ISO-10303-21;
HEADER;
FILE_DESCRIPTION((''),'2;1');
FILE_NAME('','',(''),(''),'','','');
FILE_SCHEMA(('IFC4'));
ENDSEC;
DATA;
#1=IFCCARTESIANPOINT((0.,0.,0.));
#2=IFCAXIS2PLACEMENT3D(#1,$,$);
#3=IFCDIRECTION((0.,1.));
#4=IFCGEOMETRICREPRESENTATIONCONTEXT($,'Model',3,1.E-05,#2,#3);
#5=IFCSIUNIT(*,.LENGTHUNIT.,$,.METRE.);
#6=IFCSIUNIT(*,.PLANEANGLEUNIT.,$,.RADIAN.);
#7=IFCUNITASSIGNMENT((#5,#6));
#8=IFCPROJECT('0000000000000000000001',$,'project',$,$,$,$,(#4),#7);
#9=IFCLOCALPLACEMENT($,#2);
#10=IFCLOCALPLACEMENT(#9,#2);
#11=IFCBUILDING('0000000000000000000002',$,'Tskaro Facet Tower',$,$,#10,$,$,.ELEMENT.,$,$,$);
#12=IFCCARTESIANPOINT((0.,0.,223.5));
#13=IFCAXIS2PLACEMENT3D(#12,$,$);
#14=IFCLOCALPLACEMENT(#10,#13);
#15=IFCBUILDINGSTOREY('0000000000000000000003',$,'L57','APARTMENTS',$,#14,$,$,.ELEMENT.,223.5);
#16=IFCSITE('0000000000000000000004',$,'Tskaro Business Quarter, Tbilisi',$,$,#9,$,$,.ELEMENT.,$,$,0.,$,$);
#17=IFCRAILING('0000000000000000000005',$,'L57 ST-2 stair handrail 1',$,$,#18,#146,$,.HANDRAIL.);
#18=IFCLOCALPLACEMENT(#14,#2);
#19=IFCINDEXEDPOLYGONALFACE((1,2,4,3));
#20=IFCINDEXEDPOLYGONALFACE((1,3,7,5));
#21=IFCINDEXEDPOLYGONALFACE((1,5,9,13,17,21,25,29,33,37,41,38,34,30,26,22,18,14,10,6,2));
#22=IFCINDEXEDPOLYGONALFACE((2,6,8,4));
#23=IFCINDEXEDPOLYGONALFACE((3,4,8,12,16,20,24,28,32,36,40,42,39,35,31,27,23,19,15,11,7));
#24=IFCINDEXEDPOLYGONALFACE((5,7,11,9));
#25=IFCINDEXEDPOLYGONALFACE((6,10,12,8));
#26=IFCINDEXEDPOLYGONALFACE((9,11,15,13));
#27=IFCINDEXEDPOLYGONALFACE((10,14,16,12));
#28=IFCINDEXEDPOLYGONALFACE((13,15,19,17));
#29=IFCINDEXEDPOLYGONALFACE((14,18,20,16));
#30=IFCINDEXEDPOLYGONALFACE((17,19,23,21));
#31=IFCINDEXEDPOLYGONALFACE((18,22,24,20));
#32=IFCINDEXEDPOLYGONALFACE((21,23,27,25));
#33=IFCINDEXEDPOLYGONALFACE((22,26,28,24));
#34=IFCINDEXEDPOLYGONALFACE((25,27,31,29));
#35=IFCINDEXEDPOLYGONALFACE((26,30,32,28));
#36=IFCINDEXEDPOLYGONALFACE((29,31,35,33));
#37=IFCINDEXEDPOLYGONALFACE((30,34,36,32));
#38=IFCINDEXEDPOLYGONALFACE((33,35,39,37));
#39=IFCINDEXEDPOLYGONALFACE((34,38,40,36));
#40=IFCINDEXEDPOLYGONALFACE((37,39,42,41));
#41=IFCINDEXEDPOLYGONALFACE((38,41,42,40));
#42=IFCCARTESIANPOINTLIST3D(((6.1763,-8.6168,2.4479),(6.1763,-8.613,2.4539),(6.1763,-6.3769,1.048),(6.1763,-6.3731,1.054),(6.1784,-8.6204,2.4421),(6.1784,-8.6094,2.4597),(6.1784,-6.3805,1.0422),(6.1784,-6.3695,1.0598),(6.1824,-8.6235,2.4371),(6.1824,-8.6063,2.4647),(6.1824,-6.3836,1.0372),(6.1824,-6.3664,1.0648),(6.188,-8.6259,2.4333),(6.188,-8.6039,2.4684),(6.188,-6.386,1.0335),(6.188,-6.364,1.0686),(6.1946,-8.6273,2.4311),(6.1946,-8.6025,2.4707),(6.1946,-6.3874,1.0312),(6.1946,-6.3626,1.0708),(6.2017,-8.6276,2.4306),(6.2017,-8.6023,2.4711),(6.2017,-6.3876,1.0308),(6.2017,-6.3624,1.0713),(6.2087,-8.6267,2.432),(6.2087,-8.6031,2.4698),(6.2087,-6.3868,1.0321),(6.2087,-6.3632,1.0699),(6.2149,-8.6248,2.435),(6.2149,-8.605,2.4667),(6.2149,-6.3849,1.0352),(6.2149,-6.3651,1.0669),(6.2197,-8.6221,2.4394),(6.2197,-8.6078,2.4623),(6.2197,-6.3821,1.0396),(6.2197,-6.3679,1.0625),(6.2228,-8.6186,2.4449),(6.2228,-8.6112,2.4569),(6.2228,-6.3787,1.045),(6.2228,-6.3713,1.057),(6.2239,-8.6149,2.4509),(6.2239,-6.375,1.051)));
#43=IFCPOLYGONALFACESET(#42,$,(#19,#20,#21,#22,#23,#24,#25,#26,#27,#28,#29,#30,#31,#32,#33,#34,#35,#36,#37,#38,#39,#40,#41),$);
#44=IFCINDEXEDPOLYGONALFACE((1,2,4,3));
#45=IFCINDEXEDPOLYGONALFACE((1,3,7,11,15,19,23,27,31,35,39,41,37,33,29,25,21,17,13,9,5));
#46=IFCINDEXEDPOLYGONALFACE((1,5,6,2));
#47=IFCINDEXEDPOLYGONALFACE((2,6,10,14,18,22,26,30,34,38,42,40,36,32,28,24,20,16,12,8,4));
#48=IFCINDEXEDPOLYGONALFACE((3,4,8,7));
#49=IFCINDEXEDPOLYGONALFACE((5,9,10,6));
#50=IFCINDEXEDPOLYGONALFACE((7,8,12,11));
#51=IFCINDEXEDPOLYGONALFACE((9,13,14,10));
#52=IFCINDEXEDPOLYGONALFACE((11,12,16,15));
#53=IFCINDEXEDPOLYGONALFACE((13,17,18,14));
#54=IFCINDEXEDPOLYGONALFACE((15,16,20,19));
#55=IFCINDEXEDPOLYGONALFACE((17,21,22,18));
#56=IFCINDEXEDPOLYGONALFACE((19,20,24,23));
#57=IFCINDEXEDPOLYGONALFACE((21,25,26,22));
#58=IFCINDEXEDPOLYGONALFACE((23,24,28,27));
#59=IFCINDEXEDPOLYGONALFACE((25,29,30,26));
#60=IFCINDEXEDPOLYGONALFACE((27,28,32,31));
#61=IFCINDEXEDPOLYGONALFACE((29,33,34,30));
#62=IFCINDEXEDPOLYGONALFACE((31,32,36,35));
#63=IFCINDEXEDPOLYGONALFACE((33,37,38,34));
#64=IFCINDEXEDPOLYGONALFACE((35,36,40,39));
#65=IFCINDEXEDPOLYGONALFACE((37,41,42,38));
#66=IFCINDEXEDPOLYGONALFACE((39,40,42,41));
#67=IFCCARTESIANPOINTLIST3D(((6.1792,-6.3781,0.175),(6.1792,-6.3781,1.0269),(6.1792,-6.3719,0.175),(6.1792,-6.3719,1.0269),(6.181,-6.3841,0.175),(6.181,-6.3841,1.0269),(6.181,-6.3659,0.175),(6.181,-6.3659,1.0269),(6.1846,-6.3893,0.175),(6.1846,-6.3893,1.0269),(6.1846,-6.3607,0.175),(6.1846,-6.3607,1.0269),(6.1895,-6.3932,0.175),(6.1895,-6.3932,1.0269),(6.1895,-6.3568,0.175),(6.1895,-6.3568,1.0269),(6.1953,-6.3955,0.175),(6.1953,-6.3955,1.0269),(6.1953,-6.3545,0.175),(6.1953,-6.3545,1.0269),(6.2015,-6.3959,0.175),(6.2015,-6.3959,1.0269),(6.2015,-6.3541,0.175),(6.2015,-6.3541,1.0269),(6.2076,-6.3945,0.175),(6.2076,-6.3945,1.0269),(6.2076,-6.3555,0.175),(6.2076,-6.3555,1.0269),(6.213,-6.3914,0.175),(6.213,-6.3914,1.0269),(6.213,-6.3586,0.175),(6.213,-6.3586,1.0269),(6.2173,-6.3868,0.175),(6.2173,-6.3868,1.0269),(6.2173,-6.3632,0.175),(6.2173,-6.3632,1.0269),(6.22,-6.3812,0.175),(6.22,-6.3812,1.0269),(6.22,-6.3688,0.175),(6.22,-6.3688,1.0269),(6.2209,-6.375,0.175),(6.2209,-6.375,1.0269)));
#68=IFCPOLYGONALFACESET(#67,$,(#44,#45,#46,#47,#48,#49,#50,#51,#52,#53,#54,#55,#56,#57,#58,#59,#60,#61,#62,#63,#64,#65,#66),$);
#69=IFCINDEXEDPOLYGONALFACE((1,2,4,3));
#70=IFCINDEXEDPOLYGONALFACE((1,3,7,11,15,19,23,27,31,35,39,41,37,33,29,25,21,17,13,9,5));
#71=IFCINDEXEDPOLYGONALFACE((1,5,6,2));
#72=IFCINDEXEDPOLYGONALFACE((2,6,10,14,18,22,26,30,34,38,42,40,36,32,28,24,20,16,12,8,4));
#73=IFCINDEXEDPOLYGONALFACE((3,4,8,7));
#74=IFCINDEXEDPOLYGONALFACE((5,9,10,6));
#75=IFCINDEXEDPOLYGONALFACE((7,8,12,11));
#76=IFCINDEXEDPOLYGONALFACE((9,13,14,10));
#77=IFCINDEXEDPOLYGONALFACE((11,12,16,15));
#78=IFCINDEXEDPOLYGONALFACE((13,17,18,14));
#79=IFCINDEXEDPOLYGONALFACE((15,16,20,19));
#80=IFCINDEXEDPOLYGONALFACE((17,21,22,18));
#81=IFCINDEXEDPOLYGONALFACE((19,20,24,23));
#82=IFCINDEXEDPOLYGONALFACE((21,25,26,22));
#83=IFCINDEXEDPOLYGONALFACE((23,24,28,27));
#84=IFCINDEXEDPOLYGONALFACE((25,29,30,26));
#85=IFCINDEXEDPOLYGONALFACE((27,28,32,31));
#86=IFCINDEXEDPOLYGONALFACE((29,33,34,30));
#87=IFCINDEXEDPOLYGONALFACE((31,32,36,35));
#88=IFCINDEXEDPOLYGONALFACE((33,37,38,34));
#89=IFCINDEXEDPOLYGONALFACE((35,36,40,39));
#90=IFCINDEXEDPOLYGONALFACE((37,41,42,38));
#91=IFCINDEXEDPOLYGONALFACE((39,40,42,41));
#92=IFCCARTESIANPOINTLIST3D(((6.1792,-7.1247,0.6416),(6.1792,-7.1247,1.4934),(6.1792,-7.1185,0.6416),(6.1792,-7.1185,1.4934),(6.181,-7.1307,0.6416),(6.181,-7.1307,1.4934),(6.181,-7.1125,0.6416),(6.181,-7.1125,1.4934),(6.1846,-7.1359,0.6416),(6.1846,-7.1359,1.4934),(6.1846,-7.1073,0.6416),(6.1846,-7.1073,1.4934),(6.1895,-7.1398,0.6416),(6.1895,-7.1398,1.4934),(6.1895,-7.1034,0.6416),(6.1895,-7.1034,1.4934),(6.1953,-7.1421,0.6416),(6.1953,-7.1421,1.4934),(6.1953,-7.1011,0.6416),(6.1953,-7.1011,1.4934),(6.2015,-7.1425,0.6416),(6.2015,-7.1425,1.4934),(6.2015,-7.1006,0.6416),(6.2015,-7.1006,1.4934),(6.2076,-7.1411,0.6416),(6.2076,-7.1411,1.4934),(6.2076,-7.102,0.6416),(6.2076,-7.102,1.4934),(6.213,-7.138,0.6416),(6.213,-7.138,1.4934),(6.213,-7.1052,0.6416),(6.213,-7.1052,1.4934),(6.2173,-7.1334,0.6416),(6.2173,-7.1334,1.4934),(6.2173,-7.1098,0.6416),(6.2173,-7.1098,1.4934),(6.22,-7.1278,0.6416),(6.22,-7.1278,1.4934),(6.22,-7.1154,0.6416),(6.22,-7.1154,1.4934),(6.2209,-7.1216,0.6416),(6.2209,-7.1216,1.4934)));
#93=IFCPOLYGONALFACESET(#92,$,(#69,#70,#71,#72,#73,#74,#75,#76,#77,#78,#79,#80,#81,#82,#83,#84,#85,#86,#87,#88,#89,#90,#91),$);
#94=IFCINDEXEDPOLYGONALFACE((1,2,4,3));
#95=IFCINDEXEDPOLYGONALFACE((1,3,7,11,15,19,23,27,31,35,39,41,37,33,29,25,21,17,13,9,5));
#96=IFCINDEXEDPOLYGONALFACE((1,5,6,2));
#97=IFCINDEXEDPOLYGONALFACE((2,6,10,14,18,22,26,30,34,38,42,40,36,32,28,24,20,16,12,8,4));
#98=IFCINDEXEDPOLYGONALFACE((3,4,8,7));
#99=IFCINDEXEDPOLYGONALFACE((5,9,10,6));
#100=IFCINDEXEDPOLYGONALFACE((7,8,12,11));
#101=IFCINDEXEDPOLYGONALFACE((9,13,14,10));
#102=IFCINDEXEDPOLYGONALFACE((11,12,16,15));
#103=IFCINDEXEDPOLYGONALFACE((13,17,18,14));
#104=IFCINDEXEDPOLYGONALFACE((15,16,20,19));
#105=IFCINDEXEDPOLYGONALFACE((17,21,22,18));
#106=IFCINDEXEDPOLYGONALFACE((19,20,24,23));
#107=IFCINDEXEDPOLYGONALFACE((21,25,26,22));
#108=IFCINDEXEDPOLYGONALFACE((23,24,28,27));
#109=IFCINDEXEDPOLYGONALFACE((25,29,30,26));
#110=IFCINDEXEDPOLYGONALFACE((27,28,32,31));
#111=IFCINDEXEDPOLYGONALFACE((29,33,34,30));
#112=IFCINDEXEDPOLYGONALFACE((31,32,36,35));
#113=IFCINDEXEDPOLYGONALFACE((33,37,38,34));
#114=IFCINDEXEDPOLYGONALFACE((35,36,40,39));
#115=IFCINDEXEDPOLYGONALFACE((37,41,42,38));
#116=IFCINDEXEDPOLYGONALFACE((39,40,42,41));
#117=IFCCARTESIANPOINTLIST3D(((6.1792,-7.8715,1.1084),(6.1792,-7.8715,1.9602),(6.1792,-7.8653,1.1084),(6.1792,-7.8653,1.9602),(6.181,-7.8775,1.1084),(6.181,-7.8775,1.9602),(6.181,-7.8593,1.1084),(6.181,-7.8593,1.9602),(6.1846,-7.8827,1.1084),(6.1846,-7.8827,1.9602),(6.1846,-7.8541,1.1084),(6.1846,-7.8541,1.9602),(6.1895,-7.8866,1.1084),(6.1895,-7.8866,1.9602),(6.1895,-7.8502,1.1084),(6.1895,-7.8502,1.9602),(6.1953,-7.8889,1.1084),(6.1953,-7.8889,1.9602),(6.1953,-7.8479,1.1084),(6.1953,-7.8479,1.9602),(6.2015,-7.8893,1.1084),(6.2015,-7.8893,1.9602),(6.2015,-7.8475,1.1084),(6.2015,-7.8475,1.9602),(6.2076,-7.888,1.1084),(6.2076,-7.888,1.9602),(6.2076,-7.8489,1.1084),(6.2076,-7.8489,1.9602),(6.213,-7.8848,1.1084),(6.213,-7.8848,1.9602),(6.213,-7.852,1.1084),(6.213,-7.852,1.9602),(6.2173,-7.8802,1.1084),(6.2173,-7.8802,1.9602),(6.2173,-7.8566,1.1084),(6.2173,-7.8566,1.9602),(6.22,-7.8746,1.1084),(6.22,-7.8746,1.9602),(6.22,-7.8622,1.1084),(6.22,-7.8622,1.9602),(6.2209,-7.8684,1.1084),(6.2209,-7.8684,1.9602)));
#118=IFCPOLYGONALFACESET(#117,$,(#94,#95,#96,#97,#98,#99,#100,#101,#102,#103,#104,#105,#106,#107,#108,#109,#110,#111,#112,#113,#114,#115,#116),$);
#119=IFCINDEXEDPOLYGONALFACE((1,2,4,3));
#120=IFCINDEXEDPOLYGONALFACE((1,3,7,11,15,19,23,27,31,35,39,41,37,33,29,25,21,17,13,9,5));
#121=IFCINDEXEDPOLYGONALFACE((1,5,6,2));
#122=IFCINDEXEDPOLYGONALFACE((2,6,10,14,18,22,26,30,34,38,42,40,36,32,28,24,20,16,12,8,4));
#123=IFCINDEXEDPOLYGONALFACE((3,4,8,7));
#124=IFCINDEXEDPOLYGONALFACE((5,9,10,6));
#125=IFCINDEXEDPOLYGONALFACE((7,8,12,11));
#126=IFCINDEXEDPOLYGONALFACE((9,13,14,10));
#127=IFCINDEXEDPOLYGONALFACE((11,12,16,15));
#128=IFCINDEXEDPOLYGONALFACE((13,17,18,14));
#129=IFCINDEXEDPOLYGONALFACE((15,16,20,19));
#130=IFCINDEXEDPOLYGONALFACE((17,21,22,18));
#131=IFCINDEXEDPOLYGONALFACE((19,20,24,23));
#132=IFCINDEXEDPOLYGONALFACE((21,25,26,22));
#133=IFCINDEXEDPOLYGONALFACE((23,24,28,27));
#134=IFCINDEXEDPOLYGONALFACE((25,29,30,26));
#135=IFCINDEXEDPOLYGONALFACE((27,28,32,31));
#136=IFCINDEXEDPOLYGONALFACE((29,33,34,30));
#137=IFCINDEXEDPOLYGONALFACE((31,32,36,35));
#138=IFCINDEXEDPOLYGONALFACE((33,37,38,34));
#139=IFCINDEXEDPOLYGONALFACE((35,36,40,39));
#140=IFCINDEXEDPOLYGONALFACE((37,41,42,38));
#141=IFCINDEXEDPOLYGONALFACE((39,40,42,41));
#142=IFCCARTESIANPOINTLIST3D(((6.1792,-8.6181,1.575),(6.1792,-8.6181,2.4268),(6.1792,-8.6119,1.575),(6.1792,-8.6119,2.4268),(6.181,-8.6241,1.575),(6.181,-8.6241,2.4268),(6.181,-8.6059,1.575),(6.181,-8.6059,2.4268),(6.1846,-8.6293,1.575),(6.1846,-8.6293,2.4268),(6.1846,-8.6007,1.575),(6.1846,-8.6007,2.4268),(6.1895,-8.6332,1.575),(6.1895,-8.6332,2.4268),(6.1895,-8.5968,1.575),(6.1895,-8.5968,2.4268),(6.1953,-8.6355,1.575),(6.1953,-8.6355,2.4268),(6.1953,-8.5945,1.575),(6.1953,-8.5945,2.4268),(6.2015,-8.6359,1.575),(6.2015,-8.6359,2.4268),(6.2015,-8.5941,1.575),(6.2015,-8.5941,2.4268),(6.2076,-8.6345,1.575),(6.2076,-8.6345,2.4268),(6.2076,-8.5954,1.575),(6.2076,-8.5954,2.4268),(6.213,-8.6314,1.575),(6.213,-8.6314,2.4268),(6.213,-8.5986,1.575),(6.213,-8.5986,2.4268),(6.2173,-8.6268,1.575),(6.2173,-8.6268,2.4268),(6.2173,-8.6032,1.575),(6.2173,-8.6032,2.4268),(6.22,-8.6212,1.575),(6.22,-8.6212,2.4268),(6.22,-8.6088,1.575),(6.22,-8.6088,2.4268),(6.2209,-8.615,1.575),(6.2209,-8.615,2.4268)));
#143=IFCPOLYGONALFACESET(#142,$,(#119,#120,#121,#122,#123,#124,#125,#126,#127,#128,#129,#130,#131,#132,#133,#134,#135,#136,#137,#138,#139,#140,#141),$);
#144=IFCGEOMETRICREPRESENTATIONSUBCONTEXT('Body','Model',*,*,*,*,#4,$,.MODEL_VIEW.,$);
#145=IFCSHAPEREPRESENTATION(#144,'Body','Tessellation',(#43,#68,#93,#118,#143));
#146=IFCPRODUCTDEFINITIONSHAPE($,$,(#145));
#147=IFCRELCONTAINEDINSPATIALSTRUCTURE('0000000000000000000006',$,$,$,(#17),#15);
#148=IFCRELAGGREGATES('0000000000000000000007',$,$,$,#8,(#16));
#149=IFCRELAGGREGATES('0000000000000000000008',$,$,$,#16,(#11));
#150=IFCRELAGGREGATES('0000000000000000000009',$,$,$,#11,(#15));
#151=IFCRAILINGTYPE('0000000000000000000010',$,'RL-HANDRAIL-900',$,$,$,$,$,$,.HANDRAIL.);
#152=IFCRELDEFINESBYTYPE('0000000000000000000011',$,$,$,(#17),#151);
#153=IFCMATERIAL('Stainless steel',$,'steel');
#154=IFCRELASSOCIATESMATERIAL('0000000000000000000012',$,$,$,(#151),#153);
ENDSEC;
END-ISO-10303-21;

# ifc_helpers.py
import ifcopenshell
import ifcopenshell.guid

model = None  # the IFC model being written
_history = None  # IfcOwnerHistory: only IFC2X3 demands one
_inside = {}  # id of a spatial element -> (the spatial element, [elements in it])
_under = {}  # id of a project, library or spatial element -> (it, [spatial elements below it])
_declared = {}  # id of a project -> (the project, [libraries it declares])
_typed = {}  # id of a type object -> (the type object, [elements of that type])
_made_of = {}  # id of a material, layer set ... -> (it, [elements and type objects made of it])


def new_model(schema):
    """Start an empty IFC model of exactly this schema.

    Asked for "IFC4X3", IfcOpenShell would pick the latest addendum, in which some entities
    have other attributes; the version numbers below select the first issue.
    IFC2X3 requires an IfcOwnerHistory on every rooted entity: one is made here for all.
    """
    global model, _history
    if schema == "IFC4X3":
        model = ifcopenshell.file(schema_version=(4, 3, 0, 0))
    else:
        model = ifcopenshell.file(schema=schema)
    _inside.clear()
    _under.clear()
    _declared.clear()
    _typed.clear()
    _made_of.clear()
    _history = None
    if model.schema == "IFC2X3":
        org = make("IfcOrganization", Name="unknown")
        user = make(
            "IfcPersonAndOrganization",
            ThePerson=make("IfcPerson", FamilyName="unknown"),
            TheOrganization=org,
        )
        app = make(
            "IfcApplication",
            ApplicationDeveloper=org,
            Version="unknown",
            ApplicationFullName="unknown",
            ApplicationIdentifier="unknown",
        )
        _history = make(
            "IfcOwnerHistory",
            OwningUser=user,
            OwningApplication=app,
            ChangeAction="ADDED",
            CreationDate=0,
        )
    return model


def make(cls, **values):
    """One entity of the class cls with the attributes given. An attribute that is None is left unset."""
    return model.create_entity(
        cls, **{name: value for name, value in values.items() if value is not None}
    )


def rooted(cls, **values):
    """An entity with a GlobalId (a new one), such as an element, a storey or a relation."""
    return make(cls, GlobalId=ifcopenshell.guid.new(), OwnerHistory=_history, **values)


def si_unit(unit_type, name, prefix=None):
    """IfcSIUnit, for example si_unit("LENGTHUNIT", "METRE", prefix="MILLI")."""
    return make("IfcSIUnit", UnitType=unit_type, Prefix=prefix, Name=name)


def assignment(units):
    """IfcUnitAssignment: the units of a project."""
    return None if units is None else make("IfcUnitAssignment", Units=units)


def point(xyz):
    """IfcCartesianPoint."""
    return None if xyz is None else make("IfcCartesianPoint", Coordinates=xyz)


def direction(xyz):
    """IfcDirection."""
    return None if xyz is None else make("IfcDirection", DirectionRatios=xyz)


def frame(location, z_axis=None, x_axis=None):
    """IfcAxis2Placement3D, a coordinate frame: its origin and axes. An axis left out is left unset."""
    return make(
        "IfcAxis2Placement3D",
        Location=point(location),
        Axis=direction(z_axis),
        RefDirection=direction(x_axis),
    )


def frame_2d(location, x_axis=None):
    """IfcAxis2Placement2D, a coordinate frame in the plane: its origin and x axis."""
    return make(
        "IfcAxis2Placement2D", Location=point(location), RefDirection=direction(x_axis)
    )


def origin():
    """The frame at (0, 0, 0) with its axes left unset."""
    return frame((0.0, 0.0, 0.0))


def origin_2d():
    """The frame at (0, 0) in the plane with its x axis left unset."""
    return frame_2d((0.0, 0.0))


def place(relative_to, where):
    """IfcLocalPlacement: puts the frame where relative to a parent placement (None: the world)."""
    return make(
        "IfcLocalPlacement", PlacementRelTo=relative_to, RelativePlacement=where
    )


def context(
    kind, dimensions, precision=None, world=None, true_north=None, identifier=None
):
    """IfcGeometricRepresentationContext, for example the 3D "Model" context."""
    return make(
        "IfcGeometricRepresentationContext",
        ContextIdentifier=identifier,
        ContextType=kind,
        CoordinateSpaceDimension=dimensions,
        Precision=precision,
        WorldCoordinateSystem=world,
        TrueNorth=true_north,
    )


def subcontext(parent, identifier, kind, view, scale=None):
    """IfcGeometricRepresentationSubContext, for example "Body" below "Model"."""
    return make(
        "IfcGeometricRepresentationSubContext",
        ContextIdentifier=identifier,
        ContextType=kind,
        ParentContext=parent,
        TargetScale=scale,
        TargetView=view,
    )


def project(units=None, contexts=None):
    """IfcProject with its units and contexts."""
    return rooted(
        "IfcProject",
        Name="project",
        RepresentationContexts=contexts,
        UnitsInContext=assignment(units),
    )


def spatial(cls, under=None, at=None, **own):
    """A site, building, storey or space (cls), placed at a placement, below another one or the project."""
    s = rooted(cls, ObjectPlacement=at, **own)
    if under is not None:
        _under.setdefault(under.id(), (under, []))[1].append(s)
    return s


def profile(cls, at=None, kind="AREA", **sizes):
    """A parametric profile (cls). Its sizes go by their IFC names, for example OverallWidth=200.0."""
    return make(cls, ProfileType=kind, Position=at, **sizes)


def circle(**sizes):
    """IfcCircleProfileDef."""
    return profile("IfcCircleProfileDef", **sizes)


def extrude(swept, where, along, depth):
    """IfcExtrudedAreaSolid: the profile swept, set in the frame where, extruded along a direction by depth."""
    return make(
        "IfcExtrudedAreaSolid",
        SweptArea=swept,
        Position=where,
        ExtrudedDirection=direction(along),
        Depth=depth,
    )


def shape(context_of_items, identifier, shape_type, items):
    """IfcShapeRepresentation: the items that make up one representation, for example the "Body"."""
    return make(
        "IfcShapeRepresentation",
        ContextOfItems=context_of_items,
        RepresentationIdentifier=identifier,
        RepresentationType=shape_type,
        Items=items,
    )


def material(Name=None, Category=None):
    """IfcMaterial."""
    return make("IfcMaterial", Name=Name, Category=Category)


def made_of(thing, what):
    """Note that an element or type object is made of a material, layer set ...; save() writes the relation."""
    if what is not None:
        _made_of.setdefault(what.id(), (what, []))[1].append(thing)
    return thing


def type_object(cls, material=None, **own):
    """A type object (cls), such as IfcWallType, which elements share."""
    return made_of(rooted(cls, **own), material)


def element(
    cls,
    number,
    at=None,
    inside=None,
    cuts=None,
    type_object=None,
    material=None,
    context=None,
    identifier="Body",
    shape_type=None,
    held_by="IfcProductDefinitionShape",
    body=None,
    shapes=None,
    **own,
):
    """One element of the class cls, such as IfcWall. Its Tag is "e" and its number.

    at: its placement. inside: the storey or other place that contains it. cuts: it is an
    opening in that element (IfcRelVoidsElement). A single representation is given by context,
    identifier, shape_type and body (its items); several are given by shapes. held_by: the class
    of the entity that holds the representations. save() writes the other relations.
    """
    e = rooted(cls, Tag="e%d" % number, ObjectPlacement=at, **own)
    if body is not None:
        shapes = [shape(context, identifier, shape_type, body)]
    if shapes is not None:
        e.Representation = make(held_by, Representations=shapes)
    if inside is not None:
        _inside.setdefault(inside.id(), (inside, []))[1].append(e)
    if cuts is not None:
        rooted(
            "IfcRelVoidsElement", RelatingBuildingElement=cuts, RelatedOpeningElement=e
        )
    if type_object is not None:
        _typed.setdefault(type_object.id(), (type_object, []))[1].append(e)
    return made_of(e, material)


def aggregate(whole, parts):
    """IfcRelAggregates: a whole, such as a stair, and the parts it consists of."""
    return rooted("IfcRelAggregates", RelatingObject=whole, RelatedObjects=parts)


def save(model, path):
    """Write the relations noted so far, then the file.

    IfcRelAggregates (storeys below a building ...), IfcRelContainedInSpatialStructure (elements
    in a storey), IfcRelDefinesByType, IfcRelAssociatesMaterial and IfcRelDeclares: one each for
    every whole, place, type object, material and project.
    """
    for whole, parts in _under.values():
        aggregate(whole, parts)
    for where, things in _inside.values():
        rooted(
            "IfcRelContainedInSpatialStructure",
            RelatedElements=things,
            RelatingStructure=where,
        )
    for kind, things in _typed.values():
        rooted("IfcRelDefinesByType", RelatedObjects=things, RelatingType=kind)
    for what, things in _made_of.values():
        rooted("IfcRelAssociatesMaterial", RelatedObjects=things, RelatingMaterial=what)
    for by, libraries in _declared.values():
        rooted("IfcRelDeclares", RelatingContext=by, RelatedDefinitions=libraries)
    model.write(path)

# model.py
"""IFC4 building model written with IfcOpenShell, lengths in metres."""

from ifc_helpers import new_model, si_unit, direction, frame, origin, origin_2d, place, context, subcontext, project, spatial, circle, extrude, material, type_object, element, save


model = new_model("IFC4")

# Units and contexts
model_context = context("Model", 3, precision=1e-05, world=origin(), true_north=direction((0.0, 1.0)))
body_context = subcontext(model_context, "Body", "Model", "MODEL_VIEW")
ifc_project = project(units=[si_unit("LENGTHUNIT", "METRE"), si_unit("PLANEANGLEUNIT", "RADIAN")], contexts=[model_context])

# Site, building, storey
site_placement = place(None, origin())
site = spatial("IfcSite", under=ifc_project, at=site_placement, Name="Tskaro Business Quarter, Tbilisi", CompositionType="ELEMENT", RefElevation=0.0)
building_placement = place(site_placement, origin())
building = spatial("IfcBuilding", under=site, at=building_placement, Name="Tskaro Facet Tower", CompositionType="ELEMENT")
storey_placement = place(building_placement, frame((0.0, 0.0, 223.5)))
storey = spatial("IfcBuildingStorey", under=building, at=storey_placement, Name="L57", Description="APARTMENTS", CompositionType="ELEMENT", Elevation=223.5)

# Shared definitions
ifc_material_1 = material(Name="Stainless steel", Category="steel")

# Railing
railing_type = type_object("IfcRailingType", Name="RL-HANDRAIL-900", PredefinedType="HANDRAIL", material=ifc_material_1)
railing_placement = place(storey_placement, frame((6.2, -6.375, 0.175)))
element("IfcRailing", 1, at=railing_placement, inside=storey, type_object=railing_type, Name="L57 ST-2 stair handrail 1", PredefinedType="HANDRAIL", context=body_context, shape_type="SweptSolid", body=[
    extrude(circle(Radius=0.0239, at=origin_2d()), frame((0.0, 0.0, 0.876), z_axis=(0.0, -0.848014, 0.529974), x_axis=(1.0, 0.0, 0.0)), (0.0, 0.0, 1.0), 2.6414),
    extrude(circle(Radius=0.021, at=origin_2d()), origin(), (0.0, 0.0, 1.0), 0.8518),
    extrude(circle(Radius=0.021, at=origin_2d()), frame((0.0, -0.7466, 0.4666)), (0.0, 0.0, 1.0), 0.8518),
    extrude(circle(Radius=0.021, at=origin_2d()), frame((0.0, -1.4934, 0.9333)), (0.0, 0.0, 1.0), 0.8518),
    extrude(circle(Radius=0.021, at=origin_2d()), frame((0.0, -2.24, 1.3999)), (0.0, 0.0, 1.0), 0.8518),
])

save(model, "model.ifc")
